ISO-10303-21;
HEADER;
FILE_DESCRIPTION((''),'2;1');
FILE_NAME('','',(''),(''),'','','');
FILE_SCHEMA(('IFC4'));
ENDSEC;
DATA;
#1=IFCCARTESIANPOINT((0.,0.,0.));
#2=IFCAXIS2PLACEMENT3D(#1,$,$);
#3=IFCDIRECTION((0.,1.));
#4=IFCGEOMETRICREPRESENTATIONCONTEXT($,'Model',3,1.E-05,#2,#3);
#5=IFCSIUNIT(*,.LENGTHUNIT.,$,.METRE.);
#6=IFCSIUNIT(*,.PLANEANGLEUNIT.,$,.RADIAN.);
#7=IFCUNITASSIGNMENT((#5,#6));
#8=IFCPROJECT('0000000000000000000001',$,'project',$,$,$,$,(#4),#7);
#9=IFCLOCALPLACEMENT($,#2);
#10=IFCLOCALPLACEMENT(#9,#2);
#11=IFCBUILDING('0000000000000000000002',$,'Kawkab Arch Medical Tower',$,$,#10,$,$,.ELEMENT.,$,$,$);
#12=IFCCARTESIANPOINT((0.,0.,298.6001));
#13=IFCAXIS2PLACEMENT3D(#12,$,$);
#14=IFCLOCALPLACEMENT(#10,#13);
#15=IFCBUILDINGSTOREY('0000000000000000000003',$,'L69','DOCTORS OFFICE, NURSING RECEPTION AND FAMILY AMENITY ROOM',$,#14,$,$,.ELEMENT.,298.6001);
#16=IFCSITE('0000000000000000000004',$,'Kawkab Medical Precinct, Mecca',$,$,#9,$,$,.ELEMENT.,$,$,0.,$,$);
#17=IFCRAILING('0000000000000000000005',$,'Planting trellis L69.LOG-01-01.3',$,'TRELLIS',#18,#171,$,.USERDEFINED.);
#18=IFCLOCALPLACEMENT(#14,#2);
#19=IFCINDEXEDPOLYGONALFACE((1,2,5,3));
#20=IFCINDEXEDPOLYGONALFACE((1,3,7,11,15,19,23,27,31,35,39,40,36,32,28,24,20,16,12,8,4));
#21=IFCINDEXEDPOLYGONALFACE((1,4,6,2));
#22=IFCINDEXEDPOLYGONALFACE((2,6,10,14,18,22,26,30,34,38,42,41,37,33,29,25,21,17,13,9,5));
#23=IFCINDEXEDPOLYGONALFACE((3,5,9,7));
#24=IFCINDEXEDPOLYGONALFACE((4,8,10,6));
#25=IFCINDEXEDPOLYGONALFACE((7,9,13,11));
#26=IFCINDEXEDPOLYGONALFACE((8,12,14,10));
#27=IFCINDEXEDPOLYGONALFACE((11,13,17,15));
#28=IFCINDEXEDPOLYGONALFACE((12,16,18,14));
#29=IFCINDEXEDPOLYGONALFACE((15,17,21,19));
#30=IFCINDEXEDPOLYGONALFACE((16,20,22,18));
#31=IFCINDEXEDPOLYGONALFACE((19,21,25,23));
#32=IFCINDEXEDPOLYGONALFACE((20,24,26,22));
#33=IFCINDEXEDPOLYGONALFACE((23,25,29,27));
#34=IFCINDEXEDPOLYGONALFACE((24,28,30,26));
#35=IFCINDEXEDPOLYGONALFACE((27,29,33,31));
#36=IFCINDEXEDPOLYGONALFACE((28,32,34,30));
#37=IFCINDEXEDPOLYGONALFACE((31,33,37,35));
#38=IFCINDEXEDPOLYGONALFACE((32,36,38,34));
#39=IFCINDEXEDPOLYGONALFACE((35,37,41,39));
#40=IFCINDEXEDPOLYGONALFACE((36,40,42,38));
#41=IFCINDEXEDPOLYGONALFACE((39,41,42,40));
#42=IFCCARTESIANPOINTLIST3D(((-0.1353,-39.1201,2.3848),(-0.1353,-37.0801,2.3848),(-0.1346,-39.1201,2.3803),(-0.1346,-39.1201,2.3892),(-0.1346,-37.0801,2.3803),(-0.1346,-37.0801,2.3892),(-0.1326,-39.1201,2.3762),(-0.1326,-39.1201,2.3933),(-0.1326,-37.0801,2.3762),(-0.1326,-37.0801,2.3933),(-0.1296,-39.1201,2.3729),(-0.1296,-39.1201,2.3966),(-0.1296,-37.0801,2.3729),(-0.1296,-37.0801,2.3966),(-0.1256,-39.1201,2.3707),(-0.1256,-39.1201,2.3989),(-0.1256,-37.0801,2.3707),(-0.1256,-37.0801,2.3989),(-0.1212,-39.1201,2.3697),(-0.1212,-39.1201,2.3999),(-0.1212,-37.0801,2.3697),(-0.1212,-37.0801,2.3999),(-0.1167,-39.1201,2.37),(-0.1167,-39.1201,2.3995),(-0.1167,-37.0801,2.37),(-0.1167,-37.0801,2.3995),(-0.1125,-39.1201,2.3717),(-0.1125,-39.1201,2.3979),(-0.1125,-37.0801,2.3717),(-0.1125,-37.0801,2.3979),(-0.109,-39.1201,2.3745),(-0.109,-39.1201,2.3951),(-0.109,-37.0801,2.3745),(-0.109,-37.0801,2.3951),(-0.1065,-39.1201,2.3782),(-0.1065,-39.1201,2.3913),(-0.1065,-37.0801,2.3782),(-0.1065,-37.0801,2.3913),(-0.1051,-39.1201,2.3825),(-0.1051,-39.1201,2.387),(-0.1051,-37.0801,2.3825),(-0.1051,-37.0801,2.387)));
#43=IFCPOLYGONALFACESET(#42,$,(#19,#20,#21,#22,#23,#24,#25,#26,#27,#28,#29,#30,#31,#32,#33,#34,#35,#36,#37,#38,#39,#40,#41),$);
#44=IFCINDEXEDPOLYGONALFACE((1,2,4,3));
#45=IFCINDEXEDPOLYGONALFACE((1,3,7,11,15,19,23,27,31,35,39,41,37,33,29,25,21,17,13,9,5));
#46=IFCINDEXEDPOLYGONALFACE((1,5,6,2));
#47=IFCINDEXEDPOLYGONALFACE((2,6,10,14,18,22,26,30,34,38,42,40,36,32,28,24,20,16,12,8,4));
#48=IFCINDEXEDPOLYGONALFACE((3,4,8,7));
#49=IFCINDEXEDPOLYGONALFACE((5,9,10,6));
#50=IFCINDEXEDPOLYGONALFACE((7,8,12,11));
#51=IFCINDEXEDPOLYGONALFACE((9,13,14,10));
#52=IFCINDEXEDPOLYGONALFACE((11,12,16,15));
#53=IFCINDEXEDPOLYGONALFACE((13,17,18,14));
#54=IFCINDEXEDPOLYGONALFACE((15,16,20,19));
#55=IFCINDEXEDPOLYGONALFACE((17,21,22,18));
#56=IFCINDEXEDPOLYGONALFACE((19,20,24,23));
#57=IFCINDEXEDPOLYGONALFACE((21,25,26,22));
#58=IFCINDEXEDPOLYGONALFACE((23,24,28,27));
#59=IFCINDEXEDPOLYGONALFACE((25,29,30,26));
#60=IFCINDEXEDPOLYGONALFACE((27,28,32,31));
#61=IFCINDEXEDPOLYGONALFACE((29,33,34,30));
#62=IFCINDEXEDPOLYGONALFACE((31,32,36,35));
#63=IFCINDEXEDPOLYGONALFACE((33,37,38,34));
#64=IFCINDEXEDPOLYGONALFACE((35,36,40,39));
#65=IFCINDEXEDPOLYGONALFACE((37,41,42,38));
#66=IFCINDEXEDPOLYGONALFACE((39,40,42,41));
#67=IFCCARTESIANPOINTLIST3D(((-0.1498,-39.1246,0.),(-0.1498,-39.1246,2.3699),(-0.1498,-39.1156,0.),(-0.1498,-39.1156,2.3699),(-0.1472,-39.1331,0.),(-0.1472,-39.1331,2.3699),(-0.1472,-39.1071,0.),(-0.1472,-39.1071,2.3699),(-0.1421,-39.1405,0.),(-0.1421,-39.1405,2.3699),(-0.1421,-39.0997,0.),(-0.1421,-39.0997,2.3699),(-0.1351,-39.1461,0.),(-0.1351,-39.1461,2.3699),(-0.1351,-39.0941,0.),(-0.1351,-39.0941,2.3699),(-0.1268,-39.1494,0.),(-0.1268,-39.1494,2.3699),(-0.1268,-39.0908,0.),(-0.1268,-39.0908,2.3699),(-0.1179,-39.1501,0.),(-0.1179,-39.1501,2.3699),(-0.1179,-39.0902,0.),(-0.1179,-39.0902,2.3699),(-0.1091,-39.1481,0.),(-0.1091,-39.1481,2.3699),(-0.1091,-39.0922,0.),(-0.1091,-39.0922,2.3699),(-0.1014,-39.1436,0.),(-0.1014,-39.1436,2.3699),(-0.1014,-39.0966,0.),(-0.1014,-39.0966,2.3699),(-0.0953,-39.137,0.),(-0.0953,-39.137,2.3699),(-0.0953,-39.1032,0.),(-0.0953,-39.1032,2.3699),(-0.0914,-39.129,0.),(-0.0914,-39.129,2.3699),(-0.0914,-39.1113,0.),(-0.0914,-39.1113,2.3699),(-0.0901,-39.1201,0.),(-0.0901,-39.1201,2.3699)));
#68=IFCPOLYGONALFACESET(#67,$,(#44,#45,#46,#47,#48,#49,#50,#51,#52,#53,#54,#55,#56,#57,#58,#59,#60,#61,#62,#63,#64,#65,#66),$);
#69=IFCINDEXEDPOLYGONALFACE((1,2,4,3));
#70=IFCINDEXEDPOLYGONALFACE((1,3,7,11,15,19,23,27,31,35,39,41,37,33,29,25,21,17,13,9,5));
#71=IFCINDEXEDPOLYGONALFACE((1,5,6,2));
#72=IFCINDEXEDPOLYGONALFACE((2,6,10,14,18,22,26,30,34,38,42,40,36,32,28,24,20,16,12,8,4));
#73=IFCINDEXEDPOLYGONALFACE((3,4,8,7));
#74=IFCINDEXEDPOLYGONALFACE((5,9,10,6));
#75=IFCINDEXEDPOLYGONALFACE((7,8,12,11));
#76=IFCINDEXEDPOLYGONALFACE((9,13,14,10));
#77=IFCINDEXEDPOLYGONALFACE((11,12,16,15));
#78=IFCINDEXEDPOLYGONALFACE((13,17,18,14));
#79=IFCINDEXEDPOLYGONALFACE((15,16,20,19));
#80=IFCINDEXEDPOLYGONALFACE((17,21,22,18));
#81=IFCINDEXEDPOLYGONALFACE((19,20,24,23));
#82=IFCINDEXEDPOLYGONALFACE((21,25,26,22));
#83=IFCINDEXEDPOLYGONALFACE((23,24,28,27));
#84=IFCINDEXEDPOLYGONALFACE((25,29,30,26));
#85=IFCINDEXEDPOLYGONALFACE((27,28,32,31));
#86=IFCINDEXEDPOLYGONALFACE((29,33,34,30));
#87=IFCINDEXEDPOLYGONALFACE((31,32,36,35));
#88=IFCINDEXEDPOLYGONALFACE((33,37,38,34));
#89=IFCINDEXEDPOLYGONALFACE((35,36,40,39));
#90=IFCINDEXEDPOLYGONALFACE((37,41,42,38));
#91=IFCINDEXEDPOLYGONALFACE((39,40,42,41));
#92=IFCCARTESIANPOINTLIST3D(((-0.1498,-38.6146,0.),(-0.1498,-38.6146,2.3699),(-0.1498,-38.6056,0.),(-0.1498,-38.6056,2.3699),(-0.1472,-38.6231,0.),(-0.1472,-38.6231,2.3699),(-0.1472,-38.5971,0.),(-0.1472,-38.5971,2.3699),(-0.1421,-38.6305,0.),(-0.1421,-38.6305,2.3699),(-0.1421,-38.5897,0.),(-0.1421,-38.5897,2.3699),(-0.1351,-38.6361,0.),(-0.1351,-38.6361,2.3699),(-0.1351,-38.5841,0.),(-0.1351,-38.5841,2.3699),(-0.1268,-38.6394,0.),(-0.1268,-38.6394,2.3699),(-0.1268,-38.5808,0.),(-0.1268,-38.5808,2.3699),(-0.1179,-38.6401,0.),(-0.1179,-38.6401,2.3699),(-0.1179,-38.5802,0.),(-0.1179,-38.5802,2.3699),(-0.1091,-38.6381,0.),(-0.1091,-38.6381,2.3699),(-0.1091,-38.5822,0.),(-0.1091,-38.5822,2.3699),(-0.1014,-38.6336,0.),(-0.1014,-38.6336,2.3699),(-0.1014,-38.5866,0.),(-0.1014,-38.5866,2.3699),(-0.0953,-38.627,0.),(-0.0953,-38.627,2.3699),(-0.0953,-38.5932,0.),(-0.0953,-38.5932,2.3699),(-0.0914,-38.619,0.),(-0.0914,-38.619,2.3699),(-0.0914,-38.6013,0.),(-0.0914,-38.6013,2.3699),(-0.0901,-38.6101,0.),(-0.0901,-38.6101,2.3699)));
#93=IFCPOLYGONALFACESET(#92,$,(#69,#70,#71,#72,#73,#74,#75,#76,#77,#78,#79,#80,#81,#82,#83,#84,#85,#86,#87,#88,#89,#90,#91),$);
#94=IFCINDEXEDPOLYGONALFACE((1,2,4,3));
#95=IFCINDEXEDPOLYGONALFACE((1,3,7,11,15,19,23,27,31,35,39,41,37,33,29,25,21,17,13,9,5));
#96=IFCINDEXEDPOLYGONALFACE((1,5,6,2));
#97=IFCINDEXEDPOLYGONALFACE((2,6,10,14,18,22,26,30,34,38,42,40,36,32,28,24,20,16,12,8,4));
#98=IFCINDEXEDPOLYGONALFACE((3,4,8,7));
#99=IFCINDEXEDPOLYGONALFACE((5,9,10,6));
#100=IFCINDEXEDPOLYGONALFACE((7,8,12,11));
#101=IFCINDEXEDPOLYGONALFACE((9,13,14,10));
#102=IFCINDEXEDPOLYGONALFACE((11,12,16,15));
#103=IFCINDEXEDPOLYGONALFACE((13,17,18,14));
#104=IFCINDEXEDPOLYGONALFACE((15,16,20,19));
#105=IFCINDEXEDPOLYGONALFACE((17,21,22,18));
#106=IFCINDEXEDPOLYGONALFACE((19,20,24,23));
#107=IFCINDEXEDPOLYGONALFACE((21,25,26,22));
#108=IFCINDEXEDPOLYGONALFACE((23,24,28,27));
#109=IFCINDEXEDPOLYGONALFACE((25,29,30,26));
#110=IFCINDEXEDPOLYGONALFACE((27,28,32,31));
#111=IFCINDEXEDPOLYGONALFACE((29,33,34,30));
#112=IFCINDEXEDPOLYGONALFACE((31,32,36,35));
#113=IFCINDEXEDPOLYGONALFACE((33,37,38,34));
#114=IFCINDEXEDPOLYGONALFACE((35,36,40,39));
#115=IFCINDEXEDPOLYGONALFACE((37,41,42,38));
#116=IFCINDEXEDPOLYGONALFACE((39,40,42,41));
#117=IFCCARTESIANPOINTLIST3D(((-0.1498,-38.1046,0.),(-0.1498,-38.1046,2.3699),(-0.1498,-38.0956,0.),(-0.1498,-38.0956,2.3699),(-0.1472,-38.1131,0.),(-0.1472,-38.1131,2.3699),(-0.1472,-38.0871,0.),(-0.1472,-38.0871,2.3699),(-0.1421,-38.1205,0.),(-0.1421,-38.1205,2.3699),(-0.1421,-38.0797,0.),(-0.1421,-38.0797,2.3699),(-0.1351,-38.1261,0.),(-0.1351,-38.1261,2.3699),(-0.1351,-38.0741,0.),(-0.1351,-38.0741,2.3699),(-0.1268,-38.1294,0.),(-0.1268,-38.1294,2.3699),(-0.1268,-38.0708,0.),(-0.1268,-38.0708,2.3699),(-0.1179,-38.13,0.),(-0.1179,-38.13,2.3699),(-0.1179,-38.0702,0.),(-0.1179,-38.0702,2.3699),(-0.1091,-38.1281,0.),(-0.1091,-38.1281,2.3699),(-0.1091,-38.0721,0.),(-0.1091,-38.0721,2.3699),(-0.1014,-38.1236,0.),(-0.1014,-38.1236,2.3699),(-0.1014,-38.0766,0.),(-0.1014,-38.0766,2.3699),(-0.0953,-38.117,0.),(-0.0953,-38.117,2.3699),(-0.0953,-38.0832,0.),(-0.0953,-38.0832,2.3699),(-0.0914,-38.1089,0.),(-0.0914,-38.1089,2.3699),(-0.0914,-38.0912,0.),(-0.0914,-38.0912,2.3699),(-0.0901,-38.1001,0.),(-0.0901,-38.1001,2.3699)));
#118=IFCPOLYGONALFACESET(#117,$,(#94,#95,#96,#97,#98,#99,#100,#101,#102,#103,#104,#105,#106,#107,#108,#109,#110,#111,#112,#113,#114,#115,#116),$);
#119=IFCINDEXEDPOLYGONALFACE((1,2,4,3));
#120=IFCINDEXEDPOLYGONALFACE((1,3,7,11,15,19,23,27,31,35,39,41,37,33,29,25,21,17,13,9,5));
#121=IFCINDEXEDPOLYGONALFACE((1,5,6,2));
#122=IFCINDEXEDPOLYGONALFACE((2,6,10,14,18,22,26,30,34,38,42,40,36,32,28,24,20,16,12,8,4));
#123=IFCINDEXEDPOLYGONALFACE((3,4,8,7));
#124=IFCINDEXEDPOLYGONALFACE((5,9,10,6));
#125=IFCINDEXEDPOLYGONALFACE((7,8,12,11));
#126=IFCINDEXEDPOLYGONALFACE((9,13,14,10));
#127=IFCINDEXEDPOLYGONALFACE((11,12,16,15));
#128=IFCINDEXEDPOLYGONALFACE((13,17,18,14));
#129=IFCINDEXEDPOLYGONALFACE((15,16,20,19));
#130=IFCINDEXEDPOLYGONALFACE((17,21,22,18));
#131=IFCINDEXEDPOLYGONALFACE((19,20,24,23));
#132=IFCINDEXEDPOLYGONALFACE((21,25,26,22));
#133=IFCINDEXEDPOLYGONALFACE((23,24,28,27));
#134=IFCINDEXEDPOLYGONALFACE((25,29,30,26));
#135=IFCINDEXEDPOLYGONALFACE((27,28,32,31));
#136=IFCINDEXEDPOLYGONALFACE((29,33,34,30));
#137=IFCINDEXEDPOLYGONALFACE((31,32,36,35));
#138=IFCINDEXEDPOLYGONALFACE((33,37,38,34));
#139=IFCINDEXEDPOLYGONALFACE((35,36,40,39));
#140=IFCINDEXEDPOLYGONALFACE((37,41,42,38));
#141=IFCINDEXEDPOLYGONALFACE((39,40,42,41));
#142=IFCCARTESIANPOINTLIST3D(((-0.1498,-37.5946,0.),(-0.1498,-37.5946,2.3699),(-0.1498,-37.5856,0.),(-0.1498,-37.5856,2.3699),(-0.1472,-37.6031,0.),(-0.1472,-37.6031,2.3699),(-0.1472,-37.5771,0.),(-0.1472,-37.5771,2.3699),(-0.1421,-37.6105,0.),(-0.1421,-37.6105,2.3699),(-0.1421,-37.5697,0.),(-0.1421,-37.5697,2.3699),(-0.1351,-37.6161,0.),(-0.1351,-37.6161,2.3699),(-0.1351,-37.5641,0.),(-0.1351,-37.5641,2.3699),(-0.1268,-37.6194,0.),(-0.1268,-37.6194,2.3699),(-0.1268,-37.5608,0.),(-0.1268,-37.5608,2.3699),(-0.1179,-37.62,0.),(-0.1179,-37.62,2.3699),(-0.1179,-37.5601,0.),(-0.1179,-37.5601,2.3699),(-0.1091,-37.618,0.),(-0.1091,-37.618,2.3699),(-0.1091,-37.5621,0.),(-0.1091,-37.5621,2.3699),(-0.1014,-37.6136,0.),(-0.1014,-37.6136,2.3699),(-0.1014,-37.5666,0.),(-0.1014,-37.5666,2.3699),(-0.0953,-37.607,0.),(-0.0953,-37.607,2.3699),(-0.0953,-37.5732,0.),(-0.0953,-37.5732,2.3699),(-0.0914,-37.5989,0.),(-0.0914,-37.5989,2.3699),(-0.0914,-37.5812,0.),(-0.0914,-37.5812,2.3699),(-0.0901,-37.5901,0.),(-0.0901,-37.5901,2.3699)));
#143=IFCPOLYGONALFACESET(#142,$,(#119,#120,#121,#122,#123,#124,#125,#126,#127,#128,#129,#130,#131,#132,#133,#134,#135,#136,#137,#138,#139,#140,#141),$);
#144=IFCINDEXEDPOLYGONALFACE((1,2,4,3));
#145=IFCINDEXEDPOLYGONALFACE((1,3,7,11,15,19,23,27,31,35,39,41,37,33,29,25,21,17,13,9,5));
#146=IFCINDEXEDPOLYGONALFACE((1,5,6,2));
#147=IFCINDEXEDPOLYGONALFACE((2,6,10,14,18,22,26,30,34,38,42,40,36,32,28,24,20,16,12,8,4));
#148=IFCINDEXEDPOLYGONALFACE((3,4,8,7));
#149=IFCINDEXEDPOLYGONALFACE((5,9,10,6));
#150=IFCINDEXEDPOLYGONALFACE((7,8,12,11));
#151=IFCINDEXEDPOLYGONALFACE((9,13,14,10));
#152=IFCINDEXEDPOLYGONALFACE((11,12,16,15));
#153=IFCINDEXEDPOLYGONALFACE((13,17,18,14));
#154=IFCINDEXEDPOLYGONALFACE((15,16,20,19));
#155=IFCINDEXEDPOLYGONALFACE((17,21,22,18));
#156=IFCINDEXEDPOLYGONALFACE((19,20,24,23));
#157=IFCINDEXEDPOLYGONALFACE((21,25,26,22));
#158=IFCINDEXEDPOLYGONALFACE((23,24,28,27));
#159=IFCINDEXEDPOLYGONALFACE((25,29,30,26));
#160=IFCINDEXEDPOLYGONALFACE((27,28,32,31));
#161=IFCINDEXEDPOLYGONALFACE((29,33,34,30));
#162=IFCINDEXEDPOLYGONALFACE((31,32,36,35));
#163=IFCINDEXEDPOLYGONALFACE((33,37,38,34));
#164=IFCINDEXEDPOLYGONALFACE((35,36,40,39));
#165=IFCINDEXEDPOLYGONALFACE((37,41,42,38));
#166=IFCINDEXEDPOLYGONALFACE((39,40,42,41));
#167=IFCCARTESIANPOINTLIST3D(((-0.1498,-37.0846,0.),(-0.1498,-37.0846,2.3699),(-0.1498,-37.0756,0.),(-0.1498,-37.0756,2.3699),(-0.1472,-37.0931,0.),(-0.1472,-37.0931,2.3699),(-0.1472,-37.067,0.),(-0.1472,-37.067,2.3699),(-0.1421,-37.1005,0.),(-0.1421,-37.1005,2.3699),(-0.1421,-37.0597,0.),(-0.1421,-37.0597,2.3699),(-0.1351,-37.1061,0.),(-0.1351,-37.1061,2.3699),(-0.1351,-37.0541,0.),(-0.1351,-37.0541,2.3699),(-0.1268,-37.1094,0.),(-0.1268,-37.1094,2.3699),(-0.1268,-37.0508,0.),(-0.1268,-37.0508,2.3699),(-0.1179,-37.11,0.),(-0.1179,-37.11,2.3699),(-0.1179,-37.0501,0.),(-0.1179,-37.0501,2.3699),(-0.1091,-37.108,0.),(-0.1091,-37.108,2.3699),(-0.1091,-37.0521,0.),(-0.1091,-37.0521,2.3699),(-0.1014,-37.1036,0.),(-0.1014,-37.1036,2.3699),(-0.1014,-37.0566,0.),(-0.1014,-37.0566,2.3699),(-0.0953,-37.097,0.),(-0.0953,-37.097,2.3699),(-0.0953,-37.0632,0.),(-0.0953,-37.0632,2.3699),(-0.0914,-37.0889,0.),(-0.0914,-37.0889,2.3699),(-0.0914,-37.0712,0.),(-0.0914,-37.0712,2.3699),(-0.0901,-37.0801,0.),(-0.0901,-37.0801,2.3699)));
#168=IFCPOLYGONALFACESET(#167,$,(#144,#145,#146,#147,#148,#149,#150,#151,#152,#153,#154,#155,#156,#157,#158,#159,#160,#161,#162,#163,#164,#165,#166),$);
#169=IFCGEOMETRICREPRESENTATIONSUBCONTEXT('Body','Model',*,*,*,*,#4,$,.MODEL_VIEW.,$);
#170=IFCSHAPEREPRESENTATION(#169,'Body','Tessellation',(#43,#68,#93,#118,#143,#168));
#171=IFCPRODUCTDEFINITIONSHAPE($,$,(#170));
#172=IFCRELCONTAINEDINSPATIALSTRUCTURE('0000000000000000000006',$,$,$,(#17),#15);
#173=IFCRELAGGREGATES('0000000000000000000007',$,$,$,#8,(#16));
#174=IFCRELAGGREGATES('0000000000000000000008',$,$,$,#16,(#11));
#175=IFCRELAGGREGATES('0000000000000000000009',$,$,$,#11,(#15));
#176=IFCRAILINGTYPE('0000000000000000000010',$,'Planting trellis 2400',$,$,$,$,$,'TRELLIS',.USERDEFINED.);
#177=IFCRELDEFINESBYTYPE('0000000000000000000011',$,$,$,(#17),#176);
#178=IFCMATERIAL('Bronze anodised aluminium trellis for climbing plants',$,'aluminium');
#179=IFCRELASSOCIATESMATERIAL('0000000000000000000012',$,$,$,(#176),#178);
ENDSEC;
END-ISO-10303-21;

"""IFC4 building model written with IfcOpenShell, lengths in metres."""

from ifc_helpers import new_model, si_unit, direction, frame, origin, origin_2d, place, context, subcontext, project, spatial, circle, extrude, material, type_object, element, save


model = new_model("IFC4")

# Units and contexts
model_context = context("Model", 3, precision=1e-05, world=origin(), true_north=direction((0.0, 1.0)))
body_context = subcontext(model_context, "Body", "Model", "MODEL_VIEW")
ifc_project = project(units=[si_unit("LENGTHUNIT", "METRE"), si_unit("PLANEANGLEUNIT", "RADIAN")], contexts=[model_context])

# Site, building, storey
site_placement = place(None, origin())
site = spatial("IfcSite", under=ifc_project, at=site_placement, Name="Kawkab Medical Precinct, Mecca", CompositionType="ELEMENT", RefElevation=0.0)
building_placement = place(site_placement, origin())
building = spatial("IfcBuilding", under=site, at=building_placement, Name="Kawkab Arch Medical Tower", CompositionType="ELEMENT")
storey_placement = place(building_placement, frame((0.0, 0.0, 298.6001)))
storey = spatial("IfcBuildingStorey", under=building, at=storey_placement, Name="L69", Description="DOCTORS OFFICE, NURSING RECEPTION AND FAMILY AMENITY ROOM", CompositionType="ELEMENT", Elevation=298.6001)

# Railing
ifc_material_1 = material(Name="Bronze anodised aluminium trellis for climbing plants", Category="aluminium")
railing_type_1 = type_object("IfcRailingType", Name="Planting trellis 2400", ElementType="TRELLIS", PredefinedType="USERDEFINED", material=ifc_material_1)
railing_1_placement = place(storey_placement, frame((-0.1201, -39.1201, 0.0)))
element("IfcRailing", 1, at=railing_1_placement, inside=storey, type_object=railing_type_1, Name="Planting trellis L69.LOG-01-01.3", ObjectType="TRELLIS", PredefinedType="USERDEFINED", context=body_context, shape_type="SweptSolid", body=[
    extrude(circle(Radius=0.0151, at=origin_2d()), frame((0.0, 0.0, 2.3848), z_axis=(0.0, 1.0, 0.0), x_axis=(-1.0, 0.0, 0.0)), (0.0, 0.0, 1.0), 2.04),
    extrude(circle(Radius=0.03, at=origin_2d()), origin(), (0.0, 0.0, 1.0), 2.3699),
    extrude(circle(Radius=0.03, at=origin_2d()), frame((0.0, 0.51, 0.0)), (0.0, 0.0, 1.0), 2.3699),
    extrude(circle(Radius=0.03, at=origin_2d()), frame((0.0, 1.02, 0.0)), (0.0, 0.0, 1.0), 2.3699),
    extrude(circle(Radius=0.03, at=origin_2d()), frame((0.0, 1.53, 0.0)), (0.0, 0.0, 1.0), 2.3699),
    extrude(circle(Radius=0.03, at=origin_2d()), frame((0.0, 2.04, 0.0)), (0.0, 0.0, 1.0), 2.3699),
])

save(model, "model.ifc")
